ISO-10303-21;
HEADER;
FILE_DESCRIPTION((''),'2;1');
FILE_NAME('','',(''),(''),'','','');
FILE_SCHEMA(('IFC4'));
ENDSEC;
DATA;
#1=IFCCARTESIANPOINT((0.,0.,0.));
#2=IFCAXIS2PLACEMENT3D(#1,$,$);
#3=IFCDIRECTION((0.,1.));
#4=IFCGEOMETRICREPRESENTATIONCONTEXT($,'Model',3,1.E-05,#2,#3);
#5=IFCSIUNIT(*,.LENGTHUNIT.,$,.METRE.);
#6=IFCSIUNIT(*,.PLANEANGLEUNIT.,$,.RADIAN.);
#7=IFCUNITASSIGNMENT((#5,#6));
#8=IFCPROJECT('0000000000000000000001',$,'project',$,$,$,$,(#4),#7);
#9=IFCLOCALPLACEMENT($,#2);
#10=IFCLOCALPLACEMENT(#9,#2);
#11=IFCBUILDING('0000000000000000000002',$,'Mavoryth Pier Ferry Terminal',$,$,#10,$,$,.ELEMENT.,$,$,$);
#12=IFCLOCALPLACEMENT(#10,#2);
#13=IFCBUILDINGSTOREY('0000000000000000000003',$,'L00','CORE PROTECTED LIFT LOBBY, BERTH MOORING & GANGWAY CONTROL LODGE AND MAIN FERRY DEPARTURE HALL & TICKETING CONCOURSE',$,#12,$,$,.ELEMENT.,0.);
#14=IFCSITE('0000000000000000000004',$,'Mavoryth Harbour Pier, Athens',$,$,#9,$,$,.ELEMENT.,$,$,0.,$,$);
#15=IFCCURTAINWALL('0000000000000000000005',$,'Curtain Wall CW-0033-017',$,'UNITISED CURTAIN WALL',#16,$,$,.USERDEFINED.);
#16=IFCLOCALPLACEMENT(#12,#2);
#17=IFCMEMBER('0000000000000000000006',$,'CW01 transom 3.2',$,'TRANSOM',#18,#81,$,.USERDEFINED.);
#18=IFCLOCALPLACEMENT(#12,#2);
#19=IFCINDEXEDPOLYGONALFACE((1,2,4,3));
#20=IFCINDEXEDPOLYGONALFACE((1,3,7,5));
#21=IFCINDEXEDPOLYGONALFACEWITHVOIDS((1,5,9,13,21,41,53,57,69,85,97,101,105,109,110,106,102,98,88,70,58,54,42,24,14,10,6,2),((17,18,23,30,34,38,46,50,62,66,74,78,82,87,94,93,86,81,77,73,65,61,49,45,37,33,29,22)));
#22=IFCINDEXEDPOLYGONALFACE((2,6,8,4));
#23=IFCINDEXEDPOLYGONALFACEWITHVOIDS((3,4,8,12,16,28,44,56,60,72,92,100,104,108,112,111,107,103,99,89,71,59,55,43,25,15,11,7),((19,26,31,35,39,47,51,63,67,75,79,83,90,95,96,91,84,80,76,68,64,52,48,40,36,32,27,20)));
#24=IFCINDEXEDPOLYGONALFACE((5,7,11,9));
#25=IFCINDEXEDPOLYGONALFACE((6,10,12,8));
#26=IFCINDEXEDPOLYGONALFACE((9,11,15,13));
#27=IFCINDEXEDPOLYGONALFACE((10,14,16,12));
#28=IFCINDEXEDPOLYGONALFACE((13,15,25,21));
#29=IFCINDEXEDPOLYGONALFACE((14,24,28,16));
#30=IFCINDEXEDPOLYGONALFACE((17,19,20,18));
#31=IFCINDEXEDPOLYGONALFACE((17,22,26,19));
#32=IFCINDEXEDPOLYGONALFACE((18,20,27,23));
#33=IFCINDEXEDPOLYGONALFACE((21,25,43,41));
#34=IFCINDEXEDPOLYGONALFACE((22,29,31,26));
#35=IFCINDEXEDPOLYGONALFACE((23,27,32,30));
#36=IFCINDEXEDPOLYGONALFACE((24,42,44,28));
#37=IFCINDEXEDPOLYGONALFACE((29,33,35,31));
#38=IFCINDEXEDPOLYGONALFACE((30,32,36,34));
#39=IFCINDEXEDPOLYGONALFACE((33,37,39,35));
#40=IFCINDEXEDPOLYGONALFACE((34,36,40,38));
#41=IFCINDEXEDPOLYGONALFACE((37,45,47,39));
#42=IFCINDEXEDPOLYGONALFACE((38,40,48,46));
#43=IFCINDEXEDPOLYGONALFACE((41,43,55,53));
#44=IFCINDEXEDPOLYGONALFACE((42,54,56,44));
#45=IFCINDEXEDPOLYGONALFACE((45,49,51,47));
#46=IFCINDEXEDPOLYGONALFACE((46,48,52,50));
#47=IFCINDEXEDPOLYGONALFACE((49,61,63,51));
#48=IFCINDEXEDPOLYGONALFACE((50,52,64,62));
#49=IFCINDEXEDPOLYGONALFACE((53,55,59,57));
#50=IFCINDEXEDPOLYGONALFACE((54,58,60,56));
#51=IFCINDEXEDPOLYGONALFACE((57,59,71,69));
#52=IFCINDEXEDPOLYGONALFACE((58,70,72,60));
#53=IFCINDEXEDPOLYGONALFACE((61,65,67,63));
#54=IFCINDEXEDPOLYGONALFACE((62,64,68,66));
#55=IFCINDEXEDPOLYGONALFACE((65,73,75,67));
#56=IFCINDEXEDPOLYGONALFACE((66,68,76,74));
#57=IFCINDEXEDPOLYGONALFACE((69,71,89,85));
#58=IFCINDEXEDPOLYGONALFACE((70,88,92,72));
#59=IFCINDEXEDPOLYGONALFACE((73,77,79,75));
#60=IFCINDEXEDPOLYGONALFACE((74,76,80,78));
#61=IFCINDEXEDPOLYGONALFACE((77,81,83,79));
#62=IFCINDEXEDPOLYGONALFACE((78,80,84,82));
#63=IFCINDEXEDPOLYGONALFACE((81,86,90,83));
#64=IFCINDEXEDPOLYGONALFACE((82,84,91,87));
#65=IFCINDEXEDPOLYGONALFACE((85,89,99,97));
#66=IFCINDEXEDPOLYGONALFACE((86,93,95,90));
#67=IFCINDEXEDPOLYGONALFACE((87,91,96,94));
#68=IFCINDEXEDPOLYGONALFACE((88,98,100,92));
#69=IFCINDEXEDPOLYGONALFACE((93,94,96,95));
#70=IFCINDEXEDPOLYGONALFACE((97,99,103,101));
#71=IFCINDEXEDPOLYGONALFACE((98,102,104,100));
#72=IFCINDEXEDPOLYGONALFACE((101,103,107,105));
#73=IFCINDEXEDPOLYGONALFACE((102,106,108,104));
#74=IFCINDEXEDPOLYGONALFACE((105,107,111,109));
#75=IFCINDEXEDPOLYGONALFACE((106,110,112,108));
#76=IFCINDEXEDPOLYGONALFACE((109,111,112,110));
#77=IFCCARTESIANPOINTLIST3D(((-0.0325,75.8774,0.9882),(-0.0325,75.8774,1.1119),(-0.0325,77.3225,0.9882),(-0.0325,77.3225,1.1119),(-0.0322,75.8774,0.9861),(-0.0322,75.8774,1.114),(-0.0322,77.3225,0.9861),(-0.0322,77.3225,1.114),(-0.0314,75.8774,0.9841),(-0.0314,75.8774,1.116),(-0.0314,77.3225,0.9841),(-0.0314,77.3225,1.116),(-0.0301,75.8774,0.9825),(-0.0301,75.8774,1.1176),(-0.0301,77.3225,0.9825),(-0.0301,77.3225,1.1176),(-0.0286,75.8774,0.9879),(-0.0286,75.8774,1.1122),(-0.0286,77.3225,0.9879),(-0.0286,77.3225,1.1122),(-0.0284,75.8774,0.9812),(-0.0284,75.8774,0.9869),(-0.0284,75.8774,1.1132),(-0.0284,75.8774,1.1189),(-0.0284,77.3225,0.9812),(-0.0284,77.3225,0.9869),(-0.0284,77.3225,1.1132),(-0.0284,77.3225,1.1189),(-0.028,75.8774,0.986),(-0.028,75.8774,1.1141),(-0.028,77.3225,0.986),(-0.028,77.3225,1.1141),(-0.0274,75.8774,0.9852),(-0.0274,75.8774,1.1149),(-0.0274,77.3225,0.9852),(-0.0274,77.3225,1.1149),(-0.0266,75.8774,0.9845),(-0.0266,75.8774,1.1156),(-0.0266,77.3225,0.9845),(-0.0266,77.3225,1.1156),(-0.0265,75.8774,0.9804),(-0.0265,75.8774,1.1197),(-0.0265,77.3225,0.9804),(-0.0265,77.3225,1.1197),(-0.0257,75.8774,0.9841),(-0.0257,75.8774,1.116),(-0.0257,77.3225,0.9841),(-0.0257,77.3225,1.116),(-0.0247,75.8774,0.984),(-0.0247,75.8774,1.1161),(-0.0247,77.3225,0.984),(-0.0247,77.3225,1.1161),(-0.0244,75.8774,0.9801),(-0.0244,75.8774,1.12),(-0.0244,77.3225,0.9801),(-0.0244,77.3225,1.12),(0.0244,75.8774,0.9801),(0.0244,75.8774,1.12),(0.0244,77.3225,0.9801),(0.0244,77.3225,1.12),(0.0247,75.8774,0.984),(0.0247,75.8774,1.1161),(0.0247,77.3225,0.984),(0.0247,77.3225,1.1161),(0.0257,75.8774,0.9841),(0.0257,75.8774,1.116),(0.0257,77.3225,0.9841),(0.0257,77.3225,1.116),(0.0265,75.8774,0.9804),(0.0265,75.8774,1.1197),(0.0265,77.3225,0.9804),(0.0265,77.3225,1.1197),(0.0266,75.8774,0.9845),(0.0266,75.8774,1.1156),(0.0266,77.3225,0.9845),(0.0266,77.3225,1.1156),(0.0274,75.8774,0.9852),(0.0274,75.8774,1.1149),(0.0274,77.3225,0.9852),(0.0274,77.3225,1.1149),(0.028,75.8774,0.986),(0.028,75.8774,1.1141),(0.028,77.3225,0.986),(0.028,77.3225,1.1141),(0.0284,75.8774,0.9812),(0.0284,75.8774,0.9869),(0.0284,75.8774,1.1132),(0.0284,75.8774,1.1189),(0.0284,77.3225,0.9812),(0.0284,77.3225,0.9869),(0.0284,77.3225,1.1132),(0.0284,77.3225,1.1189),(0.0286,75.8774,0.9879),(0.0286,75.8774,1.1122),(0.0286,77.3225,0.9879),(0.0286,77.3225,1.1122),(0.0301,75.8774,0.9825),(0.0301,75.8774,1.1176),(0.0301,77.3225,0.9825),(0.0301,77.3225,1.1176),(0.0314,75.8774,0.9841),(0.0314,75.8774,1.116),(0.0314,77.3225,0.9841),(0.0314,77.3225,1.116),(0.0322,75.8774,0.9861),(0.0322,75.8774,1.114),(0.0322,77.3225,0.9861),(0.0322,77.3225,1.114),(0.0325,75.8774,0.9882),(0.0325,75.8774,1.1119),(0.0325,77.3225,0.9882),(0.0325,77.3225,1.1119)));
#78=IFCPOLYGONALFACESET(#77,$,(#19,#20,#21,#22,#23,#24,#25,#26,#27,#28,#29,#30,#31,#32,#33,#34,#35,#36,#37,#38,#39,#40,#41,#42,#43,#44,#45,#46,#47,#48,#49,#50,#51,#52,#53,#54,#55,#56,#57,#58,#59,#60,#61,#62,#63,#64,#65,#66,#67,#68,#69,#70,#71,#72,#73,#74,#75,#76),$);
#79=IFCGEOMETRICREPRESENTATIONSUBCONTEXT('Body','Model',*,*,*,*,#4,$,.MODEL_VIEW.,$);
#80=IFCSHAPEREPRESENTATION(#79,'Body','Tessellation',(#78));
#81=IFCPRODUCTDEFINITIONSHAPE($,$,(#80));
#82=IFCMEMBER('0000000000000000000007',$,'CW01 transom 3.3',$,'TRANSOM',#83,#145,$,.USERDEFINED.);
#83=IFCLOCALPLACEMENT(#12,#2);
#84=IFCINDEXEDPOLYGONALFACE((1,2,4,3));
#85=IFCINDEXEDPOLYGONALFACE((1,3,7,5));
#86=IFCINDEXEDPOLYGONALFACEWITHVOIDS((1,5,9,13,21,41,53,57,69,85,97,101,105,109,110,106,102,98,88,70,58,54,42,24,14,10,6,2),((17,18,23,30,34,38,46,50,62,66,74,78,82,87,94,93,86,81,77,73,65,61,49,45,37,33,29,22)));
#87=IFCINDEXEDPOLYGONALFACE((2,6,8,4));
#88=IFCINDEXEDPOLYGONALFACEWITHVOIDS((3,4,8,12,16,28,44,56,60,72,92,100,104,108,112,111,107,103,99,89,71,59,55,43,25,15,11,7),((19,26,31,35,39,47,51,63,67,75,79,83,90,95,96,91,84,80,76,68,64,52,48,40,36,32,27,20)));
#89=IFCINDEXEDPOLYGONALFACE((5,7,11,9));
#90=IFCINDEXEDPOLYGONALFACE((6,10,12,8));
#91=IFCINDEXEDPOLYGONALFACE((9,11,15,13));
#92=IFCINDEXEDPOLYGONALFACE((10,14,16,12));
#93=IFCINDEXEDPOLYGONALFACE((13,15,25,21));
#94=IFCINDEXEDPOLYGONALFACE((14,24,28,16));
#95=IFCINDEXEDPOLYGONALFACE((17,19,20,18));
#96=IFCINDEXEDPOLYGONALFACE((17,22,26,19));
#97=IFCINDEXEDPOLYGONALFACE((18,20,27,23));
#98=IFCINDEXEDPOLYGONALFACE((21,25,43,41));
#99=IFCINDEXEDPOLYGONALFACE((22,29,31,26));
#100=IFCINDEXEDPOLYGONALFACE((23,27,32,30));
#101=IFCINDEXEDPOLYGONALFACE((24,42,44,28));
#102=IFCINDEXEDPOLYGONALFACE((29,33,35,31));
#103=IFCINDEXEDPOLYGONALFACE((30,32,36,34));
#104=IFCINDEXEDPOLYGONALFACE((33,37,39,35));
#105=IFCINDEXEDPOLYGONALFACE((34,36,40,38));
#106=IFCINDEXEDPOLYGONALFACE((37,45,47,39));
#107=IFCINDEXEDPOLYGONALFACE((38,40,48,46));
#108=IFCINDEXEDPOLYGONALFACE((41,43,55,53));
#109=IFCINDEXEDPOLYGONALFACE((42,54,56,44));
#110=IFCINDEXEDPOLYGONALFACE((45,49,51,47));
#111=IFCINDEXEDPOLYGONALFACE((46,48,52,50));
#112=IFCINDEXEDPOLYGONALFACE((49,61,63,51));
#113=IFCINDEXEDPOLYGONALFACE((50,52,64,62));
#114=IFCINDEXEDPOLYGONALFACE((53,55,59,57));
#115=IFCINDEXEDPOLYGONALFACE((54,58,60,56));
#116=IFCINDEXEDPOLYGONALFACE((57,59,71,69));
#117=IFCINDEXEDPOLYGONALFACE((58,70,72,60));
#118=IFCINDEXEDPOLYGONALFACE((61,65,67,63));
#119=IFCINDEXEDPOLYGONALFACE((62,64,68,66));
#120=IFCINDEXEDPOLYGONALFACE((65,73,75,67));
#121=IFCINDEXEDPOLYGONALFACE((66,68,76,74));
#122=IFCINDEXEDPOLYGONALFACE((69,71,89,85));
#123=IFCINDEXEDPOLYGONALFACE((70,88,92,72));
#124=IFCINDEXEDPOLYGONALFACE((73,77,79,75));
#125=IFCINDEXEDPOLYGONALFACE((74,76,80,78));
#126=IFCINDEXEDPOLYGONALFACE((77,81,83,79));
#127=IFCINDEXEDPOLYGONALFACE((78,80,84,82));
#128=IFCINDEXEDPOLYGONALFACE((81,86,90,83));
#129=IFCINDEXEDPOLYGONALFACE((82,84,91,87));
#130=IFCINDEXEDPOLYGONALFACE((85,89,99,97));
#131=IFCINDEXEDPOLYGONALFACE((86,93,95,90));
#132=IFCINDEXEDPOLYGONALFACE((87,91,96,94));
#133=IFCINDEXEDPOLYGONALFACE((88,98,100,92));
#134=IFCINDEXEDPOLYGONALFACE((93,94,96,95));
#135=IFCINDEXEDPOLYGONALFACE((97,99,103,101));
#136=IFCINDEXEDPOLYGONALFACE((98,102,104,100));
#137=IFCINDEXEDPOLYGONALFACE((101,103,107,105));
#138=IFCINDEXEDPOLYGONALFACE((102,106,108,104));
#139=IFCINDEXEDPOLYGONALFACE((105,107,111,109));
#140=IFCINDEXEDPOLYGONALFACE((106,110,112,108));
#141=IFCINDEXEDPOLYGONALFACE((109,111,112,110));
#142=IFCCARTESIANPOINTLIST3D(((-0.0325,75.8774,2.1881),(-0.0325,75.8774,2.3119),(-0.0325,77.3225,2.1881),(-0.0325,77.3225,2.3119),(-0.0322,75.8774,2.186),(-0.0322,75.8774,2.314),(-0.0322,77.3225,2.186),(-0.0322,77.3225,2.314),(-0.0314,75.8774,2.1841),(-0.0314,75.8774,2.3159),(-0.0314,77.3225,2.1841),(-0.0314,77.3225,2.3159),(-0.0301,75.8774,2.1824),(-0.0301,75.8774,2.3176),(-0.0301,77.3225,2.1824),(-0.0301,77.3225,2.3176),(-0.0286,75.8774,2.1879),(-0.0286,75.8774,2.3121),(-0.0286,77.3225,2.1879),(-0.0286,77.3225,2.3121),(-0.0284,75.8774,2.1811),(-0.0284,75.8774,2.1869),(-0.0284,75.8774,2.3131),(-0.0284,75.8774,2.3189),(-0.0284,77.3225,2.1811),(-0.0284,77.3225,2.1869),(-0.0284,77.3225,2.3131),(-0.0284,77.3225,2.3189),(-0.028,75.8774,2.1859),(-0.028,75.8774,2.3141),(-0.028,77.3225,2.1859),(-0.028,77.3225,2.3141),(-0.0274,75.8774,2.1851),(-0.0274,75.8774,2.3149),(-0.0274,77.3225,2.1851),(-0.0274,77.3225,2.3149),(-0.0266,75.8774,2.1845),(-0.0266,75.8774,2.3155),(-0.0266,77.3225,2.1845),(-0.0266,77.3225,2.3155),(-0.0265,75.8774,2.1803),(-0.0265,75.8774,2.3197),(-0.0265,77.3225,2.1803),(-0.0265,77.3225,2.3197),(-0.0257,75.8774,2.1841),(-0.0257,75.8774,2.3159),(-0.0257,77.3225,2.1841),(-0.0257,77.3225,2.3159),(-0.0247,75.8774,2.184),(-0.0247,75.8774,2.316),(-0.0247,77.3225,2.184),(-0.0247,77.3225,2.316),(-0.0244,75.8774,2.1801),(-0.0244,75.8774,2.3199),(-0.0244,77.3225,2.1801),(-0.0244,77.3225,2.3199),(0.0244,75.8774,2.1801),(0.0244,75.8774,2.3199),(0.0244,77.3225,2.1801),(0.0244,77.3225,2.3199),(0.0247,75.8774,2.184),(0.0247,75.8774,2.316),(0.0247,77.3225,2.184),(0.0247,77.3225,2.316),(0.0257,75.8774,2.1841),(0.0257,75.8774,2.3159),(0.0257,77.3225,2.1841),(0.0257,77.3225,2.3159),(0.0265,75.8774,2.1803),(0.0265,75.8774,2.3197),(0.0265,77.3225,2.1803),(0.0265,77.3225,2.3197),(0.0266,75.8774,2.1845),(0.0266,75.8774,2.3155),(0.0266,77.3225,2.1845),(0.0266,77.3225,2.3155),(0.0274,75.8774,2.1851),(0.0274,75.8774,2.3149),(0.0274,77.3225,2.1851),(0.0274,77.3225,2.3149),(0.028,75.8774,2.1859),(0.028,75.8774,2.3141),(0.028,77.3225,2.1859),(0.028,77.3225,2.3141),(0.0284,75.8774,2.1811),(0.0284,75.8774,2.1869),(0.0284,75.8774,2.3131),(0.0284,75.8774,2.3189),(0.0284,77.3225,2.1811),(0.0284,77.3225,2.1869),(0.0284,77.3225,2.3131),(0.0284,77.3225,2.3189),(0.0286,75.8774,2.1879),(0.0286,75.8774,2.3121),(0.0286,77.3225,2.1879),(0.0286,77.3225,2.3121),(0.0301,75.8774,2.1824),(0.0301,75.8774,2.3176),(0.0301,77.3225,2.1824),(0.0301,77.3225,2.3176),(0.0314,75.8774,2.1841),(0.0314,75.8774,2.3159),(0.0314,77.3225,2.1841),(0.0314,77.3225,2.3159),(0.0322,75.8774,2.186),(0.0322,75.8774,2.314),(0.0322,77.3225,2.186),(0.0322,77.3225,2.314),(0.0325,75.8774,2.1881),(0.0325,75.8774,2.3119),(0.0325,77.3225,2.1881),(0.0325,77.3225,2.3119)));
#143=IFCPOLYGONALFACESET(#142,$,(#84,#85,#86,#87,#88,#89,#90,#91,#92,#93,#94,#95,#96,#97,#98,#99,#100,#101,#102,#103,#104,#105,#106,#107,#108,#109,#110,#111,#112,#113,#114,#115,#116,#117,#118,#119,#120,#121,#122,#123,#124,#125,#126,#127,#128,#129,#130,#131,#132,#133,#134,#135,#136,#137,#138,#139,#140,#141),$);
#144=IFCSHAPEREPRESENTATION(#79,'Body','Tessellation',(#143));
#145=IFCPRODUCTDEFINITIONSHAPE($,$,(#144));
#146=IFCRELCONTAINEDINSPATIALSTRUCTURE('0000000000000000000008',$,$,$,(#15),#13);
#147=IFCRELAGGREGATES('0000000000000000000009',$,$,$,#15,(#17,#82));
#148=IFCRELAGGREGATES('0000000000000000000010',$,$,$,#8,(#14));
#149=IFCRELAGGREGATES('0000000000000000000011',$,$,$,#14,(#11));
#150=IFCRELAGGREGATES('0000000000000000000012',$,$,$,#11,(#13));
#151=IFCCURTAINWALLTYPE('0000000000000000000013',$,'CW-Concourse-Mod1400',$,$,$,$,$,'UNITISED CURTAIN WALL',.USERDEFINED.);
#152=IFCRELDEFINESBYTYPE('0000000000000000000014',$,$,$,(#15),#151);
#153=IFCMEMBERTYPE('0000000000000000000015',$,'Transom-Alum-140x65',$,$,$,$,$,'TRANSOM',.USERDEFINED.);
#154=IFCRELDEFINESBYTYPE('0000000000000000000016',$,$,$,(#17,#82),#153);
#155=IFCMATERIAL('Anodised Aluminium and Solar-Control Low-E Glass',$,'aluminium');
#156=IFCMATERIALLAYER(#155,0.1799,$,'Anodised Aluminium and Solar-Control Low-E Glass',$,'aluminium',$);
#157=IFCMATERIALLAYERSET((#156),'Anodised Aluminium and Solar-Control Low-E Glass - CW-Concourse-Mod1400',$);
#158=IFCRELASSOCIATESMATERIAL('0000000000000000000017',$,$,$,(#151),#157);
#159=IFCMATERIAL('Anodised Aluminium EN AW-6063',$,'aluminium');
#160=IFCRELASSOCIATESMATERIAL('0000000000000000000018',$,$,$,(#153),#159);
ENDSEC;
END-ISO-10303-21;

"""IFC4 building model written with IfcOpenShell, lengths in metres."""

from ifc_helpers import new_model, si_unit, direction, frame, origin, origin_2d, place, context, subcontext, project, spatial, hollow_rectangle, extrude, material, layer, layer_set, material_profile, profile_set, type_object, element, aggregate, save


model = new_model("IFC4")

# Units and contexts
model_context = context("Model", 3, precision=1e-05, world=origin(), true_north=direction((0.0, 1.0)))
body_context = subcontext(model_context, "Body", "Model", "MODEL_VIEW")
ifc_project = project(units=[si_unit("LENGTHUNIT", "METRE"), si_unit("PLANEANGLEUNIT", "RADIAN")], contexts=[model_context])

# Site, building, storey
site_placement = place(None, origin())
site = spatial("IfcSite", under=ifc_project, at=site_placement, Name="Mavoryth Harbour Pier, Athens", CompositionType="ELEMENT", RefElevation=0.0)
building_placement = place(site_placement, origin())
building = spatial("IfcBuilding", under=site, at=building_placement, Name="Mavoryth Pier Ferry Terminal", CompositionType="ELEMENT")
storey_placement = place(building_placement, origin())
storey = spatial("IfcBuildingStorey", under=building, at=storey_placement, Name="L00", Description="CORE PROTECTED LIFT LOBBY, BERTH MOORING & GANGWAY CONTROL LODGE AND MAIN FERRY DEPARTURE HALL & TICKETING CONCOURSE", CompositionType="ELEMENT", Elevation=0.0)

# Curtain wall, members
ifc_material_1 = material(Name="Anodised Aluminium and Solar-Control Low-E Glass", Category="aluminium")
ifc_layer_1 = layer(ifc_material_1, 0.1799, Name="Anodised Aluminium and Solar-Control Low-E Glass", Category="aluminium")
ifc_layer_set_1 = layer_set([ifc_layer_1], Name="Anodised Aluminium and Solar-Control Low-E Glass - CW-Concourse-Mod1400")
curtain_wall_type = type_object("IfcCurtainWallType", Name="CW-Concourse-Mod1400", ElementType="UNITISED CURTAIN WALL", PredefinedType="USERDEFINED", material=ifc_layer_set_1)
curtain_wall_placement = place(storey_placement, origin())
curtain_wall = element("IfcCurtainWall", 1, at=curtain_wall_placement, inside=storey, type_object=curtain_wall_type, Name="Curtain Wall CW-0033-017", ObjectType="UNITISED CURTAIN WALL", PredefinedType="USERDEFINED")
ifc_material_2 = material(Name="Anodised Aluminium EN AW-6063", Category="aluminium")
ifc_material_profile_1 = material_profile(ifc_material_2, hollow_rectangle(XDim=0.0649, YDim=0.1399, WallThickness=0.0039, InnerFilletRadius=0.0039, OuterFilletRadius=0.0081, at=origin_2d()), Name="AL-TRAN 140x65x4", Category="aluminium")
ifc_profile_set_1 = profile_set([ifc_material_profile_1], Name="Anodised Aluminium EN AW-6063 - AL-TRAN 140x65x4")
member_type_1 = type_object("IfcMemberType", Name="Transom-Alum-140x65", ElementType="TRANSOM", PredefinedType="USERDEFINED", material=ifc_profile_set_1)
member_1_placement = place(storey_placement, frame((0.0, 77.3225, 1.05), z_axis=(0.0, -1.0, 0.0), x_axis=(1.0, 0.0, 0.0)))
member_1 = element("IfcMember", 2, at=member_1_placement, type_object=member_type_1, Name="CW01 transom 3.2", ObjectType="TRANSOM", PredefinedType="USERDEFINED", context=body_context, shape_type="SweptSolid", body=[
    extrude(hollow_rectangle(XDim=0.0649, YDim=0.1399, WallThickness=0.0039, InnerFilletRadius=0.0039, OuterFilletRadius=0.0081, at=origin_2d()), origin(), (0.0, 0.0, 1.0), 1.4451),
])
member_2_placement = place(storey_placement, frame((0.0, 77.3225, 2.25), z_axis=(0.0, -1.0, 0.0), x_axis=(1.0, 0.0, 0.0)))
member_2 = element("IfcMember", 3, at=member_2_placement, type_object=member_type_1, Name="CW01 transom 3.3", ObjectType="TRANSOM", PredefinedType="USERDEFINED", context=body_context, shape_type="SweptSolid", body=[
    extrude(hollow_rectangle(XDim=0.0649, YDim=0.1399, WallThickness=0.0039, InnerFilletRadius=0.0039, OuterFilletRadius=0.0081, at=origin_2d()), origin(), (0.0, 0.0, 1.0), 1.4451),
])
aggregate(curtain_wall, [member_1, member_2])

save(model, "model.ifc")
